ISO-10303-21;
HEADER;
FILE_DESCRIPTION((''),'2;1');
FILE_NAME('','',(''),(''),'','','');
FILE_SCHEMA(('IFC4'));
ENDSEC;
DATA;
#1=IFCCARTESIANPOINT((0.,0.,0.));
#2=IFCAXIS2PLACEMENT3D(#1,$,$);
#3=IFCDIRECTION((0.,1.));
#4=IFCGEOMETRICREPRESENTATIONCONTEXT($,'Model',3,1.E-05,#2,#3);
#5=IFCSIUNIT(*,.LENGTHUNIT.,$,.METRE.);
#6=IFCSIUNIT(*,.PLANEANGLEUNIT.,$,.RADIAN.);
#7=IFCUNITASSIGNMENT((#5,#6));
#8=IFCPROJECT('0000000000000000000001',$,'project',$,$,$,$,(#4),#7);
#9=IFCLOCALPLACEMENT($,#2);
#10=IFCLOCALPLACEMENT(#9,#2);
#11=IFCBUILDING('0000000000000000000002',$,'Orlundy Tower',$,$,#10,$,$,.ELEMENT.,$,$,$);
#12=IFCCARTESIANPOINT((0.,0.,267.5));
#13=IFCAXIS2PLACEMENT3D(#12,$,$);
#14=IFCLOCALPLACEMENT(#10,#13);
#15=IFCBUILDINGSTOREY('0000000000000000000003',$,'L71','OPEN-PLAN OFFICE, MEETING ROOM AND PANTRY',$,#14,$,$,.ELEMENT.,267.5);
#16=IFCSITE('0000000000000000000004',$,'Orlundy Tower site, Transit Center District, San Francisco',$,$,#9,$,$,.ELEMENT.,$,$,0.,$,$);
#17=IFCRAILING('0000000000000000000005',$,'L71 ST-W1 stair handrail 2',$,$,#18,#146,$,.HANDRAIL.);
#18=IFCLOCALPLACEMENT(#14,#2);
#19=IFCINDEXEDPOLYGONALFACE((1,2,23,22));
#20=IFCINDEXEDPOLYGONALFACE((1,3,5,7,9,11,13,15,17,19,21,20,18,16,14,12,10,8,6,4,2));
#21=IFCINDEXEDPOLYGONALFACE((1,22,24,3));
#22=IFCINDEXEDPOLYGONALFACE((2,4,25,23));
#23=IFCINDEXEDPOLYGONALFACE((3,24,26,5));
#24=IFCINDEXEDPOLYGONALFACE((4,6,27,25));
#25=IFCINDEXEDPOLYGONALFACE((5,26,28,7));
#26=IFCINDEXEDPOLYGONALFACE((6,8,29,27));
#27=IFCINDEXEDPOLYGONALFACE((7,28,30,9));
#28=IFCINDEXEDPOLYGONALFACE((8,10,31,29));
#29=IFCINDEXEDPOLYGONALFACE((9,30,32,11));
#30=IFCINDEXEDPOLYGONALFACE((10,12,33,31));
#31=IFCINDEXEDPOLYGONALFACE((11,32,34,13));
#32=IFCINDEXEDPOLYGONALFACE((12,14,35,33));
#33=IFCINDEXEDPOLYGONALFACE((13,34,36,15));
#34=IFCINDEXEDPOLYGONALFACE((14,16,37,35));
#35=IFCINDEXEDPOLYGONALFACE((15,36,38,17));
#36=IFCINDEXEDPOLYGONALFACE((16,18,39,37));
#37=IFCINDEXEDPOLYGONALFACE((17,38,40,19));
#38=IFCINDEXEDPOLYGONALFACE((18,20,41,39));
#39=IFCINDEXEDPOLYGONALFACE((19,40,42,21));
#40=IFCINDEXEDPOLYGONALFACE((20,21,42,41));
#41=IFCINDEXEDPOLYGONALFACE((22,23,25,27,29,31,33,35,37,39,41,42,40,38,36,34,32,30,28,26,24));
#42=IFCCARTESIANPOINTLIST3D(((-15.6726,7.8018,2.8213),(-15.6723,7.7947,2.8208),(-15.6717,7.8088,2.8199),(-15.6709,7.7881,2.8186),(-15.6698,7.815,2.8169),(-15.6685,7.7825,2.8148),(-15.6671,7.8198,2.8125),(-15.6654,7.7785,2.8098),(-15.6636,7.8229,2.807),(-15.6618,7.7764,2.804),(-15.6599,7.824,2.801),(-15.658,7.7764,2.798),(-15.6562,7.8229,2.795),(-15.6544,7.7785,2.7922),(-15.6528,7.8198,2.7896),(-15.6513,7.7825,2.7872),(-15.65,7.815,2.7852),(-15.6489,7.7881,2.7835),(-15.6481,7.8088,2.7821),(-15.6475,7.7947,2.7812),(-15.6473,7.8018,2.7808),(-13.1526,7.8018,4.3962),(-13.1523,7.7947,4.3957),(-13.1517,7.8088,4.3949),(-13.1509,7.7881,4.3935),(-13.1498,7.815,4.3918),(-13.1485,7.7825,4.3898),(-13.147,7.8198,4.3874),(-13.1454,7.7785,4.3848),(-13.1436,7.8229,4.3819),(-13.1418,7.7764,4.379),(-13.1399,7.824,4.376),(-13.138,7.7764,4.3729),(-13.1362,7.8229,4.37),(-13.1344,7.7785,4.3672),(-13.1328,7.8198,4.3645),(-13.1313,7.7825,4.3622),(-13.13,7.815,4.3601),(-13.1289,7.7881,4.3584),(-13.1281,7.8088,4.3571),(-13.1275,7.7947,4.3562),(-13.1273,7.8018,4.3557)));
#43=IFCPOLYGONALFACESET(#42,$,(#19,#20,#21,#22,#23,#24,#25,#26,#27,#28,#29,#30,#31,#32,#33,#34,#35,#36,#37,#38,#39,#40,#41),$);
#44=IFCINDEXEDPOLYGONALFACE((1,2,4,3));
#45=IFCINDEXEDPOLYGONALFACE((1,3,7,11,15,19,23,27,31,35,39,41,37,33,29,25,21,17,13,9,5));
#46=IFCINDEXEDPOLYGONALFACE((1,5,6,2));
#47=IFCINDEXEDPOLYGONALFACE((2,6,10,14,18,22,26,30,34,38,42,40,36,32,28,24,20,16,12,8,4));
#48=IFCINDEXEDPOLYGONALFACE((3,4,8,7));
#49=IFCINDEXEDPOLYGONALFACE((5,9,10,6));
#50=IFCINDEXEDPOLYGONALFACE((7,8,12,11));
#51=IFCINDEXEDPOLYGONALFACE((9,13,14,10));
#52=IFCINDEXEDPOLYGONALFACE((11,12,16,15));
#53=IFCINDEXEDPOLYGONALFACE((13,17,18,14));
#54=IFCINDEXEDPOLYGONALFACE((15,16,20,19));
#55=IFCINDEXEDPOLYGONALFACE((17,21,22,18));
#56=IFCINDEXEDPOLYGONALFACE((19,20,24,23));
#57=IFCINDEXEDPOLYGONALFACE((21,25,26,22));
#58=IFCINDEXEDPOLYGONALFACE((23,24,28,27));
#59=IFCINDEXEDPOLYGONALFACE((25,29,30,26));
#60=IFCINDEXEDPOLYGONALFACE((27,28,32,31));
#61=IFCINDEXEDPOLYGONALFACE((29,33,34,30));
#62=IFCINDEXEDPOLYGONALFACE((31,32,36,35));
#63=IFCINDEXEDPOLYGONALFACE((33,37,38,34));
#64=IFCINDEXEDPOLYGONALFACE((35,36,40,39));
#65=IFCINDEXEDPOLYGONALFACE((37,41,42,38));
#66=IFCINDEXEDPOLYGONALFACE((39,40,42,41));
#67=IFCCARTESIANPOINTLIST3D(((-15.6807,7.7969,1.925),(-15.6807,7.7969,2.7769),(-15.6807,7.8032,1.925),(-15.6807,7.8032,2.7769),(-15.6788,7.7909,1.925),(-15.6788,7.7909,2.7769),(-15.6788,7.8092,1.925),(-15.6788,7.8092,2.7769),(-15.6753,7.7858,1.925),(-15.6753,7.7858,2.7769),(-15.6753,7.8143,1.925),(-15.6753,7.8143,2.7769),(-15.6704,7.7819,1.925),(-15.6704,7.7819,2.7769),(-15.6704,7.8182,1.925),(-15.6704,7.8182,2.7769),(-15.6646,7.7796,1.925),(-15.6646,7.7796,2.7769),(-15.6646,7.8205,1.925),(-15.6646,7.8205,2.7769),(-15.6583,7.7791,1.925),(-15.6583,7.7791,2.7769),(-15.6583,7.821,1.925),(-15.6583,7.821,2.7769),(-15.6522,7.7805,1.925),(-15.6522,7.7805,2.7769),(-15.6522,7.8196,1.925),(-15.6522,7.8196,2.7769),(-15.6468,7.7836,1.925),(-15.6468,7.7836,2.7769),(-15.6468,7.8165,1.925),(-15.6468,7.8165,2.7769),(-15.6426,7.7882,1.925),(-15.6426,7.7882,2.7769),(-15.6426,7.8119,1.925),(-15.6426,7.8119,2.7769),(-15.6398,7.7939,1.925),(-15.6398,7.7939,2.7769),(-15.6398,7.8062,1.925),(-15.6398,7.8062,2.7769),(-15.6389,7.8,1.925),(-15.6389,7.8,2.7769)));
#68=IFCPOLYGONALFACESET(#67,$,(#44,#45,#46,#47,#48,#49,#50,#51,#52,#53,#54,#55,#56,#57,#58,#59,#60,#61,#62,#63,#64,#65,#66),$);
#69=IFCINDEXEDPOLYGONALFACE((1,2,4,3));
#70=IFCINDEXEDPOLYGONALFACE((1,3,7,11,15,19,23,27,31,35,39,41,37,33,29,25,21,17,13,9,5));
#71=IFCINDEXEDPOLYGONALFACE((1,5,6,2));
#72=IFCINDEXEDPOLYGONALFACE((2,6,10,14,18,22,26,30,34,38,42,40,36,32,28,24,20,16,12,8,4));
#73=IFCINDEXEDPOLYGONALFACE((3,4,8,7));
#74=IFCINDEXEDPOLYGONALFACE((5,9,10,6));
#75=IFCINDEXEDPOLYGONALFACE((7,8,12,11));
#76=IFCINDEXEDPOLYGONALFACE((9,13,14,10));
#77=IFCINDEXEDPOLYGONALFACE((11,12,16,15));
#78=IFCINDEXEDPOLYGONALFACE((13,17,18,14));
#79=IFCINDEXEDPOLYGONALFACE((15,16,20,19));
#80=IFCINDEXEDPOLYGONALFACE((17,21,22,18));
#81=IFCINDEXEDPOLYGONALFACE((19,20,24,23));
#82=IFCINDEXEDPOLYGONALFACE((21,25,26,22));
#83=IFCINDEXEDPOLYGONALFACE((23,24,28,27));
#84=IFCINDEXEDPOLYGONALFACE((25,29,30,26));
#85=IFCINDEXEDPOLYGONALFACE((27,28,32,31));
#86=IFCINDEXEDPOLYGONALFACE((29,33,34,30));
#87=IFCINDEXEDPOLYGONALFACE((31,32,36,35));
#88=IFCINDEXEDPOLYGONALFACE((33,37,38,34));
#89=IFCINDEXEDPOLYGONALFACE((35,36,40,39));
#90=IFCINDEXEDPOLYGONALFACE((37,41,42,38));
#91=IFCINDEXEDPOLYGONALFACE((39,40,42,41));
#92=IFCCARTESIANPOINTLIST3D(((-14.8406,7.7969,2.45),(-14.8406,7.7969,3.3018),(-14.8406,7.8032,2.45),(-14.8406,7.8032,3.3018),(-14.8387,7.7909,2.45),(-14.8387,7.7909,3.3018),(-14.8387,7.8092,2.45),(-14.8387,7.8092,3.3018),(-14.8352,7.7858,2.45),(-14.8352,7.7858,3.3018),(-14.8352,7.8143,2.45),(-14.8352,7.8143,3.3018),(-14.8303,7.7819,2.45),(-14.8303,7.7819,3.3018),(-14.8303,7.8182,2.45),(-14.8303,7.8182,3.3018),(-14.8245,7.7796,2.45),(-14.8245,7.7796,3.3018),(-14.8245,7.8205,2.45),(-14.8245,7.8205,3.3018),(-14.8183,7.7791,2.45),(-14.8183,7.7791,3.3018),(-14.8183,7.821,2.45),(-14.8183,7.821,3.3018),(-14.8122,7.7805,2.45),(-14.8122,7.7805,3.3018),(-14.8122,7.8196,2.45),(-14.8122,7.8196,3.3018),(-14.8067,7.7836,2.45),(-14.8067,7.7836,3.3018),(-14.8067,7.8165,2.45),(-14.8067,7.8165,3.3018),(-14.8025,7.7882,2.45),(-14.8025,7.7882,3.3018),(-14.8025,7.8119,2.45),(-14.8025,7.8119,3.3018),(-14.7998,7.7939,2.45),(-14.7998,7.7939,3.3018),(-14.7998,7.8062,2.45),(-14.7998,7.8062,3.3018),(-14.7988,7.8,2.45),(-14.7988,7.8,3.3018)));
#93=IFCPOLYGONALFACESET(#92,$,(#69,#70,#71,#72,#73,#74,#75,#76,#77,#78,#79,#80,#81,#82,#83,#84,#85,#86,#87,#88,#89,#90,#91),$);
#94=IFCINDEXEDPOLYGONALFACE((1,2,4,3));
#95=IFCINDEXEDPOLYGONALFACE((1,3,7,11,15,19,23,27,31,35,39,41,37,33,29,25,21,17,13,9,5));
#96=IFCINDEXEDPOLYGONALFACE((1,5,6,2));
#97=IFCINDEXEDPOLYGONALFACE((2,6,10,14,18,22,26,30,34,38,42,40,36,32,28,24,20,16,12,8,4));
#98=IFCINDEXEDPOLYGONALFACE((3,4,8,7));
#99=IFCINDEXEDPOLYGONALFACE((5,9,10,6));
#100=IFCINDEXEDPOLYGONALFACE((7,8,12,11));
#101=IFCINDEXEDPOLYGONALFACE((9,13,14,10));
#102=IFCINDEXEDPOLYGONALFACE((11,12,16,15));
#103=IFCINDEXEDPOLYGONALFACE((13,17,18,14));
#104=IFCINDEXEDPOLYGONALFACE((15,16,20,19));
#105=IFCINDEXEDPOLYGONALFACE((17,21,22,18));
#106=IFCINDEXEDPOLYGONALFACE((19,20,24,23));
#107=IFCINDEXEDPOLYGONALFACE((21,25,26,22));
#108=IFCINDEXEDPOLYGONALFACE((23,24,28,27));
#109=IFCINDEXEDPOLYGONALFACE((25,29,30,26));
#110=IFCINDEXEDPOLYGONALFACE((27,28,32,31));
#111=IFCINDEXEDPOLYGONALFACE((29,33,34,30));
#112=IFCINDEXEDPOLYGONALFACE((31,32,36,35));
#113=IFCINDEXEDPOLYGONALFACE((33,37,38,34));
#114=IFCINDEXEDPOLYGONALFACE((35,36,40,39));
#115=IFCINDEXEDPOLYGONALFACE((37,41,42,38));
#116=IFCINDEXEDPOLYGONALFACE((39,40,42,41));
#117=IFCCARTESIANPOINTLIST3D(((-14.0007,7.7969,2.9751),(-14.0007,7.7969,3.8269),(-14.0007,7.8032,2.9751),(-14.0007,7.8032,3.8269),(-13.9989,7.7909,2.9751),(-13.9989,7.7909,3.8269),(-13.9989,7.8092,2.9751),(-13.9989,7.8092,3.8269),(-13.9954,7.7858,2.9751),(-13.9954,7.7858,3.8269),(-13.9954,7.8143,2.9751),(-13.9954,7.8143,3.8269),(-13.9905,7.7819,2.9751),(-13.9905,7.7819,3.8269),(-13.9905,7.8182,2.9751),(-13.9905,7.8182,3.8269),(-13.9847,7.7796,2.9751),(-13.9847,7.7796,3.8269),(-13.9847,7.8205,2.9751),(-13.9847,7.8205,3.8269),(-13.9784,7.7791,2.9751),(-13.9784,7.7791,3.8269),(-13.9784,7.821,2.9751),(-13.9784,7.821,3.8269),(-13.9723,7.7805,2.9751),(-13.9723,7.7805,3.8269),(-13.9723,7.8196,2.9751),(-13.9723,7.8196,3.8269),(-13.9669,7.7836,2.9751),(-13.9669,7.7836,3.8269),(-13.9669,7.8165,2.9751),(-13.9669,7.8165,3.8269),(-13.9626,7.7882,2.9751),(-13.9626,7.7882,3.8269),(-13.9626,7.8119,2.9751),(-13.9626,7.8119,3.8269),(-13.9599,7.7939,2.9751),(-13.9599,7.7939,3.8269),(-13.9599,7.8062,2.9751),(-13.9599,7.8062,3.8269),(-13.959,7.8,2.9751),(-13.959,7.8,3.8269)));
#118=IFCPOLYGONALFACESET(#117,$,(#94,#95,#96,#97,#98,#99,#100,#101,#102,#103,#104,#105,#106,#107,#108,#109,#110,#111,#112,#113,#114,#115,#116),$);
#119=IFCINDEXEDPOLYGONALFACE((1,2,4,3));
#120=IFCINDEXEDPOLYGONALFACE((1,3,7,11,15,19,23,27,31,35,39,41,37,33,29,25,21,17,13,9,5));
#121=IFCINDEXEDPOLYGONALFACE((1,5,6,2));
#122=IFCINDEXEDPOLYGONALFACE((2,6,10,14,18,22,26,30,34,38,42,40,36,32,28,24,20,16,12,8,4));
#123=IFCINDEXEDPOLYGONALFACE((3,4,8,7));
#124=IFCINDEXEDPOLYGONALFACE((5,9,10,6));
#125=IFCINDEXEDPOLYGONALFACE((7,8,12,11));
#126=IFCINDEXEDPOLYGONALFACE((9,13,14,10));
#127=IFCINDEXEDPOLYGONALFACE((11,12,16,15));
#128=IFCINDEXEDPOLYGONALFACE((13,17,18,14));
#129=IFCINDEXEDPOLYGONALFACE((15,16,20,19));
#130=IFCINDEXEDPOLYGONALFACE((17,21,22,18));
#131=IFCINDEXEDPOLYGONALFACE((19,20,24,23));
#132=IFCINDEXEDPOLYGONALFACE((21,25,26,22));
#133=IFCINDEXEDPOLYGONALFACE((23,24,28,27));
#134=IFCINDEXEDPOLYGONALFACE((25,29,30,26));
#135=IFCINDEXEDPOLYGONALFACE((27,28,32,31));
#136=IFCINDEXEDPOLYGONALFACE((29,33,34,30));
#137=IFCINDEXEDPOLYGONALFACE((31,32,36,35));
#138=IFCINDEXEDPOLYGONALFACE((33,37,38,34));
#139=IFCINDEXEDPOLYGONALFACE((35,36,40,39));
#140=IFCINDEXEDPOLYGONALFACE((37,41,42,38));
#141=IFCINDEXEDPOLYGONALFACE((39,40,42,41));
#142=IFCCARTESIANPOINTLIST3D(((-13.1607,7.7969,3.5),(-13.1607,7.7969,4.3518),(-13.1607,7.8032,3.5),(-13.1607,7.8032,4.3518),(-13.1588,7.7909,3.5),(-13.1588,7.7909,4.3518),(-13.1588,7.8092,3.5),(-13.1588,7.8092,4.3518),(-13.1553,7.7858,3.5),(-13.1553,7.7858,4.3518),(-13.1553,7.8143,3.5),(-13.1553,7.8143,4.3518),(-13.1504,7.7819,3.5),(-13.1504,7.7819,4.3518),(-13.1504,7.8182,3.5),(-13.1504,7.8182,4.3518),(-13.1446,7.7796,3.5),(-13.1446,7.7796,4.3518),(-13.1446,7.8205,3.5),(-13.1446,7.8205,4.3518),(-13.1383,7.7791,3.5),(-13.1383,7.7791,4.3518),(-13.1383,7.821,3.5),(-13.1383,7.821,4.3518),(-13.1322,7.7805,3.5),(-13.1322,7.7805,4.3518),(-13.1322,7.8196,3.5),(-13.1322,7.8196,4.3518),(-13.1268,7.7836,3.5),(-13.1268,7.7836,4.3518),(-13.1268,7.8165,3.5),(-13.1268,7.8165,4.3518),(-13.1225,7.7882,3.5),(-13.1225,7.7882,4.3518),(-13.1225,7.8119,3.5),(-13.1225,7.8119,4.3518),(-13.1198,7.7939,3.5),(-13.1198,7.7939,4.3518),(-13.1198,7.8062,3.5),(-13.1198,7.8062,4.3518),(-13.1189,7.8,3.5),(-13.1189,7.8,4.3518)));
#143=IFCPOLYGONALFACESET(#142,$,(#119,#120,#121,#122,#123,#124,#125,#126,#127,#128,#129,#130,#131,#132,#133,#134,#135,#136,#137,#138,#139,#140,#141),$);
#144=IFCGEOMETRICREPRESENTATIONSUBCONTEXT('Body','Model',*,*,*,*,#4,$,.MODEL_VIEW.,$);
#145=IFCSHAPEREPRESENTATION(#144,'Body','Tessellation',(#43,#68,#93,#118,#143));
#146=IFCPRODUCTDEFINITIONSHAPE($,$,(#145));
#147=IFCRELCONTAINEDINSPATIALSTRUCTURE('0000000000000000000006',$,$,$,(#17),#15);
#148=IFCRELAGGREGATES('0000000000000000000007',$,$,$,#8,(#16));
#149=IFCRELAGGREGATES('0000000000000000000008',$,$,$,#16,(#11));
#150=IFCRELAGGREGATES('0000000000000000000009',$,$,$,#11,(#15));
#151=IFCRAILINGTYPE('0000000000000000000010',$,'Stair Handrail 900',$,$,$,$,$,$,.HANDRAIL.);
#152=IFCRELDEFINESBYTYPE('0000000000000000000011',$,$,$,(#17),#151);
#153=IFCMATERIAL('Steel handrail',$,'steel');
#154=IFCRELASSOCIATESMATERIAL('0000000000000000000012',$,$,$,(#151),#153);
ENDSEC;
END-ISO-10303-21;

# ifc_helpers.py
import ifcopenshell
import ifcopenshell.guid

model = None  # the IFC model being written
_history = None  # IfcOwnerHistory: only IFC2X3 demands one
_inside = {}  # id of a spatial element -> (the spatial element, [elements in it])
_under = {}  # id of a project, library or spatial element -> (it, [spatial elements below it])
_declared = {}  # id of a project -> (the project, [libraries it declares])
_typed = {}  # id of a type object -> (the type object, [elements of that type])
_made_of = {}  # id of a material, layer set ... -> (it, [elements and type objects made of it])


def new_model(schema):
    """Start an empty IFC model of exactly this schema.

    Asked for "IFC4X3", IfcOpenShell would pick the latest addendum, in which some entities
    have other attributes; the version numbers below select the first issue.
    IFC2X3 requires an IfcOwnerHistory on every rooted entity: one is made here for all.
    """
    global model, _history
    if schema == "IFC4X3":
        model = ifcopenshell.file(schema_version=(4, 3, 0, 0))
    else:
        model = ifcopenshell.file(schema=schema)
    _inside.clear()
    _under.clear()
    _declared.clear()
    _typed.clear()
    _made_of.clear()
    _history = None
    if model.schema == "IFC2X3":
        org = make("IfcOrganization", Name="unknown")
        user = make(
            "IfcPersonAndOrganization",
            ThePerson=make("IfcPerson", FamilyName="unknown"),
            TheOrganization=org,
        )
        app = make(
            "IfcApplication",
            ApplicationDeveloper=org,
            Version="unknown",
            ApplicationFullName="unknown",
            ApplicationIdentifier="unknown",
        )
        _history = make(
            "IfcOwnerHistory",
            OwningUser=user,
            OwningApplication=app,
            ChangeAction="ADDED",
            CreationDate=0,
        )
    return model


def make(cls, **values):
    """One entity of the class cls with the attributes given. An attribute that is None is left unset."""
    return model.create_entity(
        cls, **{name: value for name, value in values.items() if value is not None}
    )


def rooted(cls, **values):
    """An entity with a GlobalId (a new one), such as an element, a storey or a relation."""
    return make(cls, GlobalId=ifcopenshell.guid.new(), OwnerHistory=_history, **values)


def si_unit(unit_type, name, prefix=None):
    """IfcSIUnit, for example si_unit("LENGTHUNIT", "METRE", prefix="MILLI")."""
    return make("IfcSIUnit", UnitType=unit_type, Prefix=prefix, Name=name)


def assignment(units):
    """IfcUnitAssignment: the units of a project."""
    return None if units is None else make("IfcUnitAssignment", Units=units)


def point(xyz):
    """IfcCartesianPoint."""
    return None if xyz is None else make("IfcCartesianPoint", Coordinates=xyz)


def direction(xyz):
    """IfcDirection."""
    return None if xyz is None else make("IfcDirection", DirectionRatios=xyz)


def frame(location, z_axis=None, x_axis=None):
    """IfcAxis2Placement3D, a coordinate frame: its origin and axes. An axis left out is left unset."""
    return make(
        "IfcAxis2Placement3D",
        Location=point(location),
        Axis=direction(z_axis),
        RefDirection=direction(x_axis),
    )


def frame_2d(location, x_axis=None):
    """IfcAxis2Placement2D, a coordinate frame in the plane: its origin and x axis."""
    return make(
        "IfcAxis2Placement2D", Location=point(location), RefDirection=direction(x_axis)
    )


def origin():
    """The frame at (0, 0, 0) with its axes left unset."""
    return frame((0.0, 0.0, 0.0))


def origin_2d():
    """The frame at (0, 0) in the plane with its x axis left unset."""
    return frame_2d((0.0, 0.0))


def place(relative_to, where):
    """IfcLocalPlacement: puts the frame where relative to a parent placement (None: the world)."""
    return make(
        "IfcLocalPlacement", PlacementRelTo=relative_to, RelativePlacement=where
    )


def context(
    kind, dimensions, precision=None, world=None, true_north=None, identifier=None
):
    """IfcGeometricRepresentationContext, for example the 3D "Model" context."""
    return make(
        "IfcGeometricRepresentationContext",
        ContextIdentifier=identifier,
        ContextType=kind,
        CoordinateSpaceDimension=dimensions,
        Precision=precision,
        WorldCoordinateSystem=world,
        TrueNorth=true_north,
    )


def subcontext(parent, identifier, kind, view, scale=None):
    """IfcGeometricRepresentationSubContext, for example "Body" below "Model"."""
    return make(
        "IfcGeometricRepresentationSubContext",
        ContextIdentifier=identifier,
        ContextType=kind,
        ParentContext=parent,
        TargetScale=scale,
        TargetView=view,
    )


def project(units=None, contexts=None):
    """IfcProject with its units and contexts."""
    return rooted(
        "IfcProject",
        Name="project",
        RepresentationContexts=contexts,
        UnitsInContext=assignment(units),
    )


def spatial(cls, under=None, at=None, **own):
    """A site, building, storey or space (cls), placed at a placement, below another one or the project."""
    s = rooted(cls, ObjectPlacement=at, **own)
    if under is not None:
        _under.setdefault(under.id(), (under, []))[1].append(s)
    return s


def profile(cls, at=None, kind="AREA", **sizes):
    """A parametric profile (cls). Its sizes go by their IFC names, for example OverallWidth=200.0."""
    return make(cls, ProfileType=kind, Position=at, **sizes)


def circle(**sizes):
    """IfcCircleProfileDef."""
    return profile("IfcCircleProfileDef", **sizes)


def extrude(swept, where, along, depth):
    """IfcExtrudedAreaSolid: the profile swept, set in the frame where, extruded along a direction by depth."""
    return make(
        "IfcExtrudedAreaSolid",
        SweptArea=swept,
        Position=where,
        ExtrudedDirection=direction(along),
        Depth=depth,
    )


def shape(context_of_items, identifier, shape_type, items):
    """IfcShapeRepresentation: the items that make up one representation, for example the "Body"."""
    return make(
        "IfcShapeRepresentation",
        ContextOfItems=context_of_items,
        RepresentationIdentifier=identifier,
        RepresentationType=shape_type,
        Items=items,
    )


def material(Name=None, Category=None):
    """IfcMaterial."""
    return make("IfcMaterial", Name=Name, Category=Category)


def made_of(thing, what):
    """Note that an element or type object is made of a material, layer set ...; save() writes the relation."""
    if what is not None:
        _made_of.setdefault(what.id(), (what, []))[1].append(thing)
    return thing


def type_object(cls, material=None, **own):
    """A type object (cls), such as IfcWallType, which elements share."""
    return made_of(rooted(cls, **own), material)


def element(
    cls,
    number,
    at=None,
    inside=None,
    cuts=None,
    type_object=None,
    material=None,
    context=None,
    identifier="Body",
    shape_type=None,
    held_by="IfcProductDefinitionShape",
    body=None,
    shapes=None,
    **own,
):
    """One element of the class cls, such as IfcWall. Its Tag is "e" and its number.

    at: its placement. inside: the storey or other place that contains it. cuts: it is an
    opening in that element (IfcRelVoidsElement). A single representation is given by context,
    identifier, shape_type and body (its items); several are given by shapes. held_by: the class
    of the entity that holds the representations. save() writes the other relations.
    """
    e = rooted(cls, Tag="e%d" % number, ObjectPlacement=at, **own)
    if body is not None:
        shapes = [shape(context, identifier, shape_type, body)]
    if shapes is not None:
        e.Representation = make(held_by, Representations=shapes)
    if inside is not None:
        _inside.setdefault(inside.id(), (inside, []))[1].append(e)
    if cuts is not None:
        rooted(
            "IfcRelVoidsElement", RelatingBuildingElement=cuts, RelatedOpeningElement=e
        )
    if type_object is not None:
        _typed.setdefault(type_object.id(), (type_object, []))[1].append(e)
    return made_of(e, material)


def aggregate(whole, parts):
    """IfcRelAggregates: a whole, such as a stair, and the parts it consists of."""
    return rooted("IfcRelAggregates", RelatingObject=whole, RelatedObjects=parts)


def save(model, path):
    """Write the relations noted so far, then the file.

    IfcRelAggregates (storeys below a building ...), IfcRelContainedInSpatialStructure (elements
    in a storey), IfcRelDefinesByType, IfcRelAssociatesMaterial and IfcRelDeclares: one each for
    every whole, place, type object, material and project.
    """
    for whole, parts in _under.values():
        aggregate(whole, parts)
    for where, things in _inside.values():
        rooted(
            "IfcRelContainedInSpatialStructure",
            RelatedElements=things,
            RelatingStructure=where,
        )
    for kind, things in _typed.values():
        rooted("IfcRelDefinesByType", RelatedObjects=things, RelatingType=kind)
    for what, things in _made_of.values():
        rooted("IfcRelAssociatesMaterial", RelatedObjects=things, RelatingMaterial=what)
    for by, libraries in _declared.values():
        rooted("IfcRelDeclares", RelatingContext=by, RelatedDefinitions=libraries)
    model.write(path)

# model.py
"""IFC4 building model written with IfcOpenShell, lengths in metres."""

from ifc_helpers import new_model, si_unit, direction, frame, origin, origin_2d, place, context, subcontext, project, spatial, circle, extrude, material, type_object, element, save


model = new_model("IFC4")

# Units and contexts
model_context = context("Model", 3, precision=1e-05, world=origin(), true_north=direction((0.0, 1.0)))
body_context = subcontext(model_context, "Body", "Model", "MODEL_VIEW")
ifc_project = project(units=[si_unit("LENGTHUNIT", "METRE"), si_unit("PLANEANGLEUNIT", "RADIAN")], contexts=[model_context])

# Site, building, storey
site_placement = place(None, origin())
site = spatial("IfcSite", under=ifc_project, at=site_placement, Name="Orlundy Tower site, Transit Center District, San Francisco", CompositionType="ELEMENT", RefElevation=0.0)
building_placement = place(site_placement, origin())
building = spatial("IfcBuilding", under=site, at=building_placement, Name="Orlundy Tower", CompositionType="ELEMENT")
storey_placement = place(building_placement, frame((0.0, 0.0, 267.5)))
storey = spatial("IfcBuildingStorey", under=building, at=storey_placement, Name="L71", Description="OPEN-PLAN OFFICE, MEETING ROOM AND PANTRY", CompositionType="ELEMENT", Elevation=267.5)

# Railing
ifc_material_1 = material(Name="Steel handrail", Category="steel")
railing_type_1 = type_object("IfcRailingType", Name="Stair Handrail 900", PredefinedType="HANDRAIL", material=ifc_material_1)
railing_1_placement = place(storey_placement, frame((-15.6599, 7.8, 1.925)))
element("IfcRailing", 1, at=railing_1_placement, inside=storey, type_object=railing_type_1, Name="L71 ST-W1 stair handrail 2", PredefinedType="HANDRAIL", context=body_context, shape_type="SweptSolid", body=[
    extrude(circle(Radius=0.0239, at=origin_2d()), frame((0.0, 0.0, 0.876), z_axis=(0.848008, 0.0, 0.529984), x_axis=(0.0, 1.0, 0.0)), (0.0, 0.0, 1.0), 2.9717),
    extrude(circle(Radius=0.021, at=origin_2d()), origin(), (0.0, 0.0, 1.0), 0.8518),
    extrude(circle(Radius=0.021, at=origin_2d()), frame((0.8401, 0.0, 0.5249)), (0.0, 0.0, 1.0), 0.8518),
    extrude(circle(Radius=0.021, at=origin_2d()), frame((1.6799, 0.0, 1.05)), (0.0, 0.0, 1.0), 0.8518),
    extrude(circle(Radius=0.021, at=origin_2d()), frame((2.52, 0.0, 1.575)), (0.0, 0.0, 1.0), 0.8518),
])

save(model, "model.ifc")
